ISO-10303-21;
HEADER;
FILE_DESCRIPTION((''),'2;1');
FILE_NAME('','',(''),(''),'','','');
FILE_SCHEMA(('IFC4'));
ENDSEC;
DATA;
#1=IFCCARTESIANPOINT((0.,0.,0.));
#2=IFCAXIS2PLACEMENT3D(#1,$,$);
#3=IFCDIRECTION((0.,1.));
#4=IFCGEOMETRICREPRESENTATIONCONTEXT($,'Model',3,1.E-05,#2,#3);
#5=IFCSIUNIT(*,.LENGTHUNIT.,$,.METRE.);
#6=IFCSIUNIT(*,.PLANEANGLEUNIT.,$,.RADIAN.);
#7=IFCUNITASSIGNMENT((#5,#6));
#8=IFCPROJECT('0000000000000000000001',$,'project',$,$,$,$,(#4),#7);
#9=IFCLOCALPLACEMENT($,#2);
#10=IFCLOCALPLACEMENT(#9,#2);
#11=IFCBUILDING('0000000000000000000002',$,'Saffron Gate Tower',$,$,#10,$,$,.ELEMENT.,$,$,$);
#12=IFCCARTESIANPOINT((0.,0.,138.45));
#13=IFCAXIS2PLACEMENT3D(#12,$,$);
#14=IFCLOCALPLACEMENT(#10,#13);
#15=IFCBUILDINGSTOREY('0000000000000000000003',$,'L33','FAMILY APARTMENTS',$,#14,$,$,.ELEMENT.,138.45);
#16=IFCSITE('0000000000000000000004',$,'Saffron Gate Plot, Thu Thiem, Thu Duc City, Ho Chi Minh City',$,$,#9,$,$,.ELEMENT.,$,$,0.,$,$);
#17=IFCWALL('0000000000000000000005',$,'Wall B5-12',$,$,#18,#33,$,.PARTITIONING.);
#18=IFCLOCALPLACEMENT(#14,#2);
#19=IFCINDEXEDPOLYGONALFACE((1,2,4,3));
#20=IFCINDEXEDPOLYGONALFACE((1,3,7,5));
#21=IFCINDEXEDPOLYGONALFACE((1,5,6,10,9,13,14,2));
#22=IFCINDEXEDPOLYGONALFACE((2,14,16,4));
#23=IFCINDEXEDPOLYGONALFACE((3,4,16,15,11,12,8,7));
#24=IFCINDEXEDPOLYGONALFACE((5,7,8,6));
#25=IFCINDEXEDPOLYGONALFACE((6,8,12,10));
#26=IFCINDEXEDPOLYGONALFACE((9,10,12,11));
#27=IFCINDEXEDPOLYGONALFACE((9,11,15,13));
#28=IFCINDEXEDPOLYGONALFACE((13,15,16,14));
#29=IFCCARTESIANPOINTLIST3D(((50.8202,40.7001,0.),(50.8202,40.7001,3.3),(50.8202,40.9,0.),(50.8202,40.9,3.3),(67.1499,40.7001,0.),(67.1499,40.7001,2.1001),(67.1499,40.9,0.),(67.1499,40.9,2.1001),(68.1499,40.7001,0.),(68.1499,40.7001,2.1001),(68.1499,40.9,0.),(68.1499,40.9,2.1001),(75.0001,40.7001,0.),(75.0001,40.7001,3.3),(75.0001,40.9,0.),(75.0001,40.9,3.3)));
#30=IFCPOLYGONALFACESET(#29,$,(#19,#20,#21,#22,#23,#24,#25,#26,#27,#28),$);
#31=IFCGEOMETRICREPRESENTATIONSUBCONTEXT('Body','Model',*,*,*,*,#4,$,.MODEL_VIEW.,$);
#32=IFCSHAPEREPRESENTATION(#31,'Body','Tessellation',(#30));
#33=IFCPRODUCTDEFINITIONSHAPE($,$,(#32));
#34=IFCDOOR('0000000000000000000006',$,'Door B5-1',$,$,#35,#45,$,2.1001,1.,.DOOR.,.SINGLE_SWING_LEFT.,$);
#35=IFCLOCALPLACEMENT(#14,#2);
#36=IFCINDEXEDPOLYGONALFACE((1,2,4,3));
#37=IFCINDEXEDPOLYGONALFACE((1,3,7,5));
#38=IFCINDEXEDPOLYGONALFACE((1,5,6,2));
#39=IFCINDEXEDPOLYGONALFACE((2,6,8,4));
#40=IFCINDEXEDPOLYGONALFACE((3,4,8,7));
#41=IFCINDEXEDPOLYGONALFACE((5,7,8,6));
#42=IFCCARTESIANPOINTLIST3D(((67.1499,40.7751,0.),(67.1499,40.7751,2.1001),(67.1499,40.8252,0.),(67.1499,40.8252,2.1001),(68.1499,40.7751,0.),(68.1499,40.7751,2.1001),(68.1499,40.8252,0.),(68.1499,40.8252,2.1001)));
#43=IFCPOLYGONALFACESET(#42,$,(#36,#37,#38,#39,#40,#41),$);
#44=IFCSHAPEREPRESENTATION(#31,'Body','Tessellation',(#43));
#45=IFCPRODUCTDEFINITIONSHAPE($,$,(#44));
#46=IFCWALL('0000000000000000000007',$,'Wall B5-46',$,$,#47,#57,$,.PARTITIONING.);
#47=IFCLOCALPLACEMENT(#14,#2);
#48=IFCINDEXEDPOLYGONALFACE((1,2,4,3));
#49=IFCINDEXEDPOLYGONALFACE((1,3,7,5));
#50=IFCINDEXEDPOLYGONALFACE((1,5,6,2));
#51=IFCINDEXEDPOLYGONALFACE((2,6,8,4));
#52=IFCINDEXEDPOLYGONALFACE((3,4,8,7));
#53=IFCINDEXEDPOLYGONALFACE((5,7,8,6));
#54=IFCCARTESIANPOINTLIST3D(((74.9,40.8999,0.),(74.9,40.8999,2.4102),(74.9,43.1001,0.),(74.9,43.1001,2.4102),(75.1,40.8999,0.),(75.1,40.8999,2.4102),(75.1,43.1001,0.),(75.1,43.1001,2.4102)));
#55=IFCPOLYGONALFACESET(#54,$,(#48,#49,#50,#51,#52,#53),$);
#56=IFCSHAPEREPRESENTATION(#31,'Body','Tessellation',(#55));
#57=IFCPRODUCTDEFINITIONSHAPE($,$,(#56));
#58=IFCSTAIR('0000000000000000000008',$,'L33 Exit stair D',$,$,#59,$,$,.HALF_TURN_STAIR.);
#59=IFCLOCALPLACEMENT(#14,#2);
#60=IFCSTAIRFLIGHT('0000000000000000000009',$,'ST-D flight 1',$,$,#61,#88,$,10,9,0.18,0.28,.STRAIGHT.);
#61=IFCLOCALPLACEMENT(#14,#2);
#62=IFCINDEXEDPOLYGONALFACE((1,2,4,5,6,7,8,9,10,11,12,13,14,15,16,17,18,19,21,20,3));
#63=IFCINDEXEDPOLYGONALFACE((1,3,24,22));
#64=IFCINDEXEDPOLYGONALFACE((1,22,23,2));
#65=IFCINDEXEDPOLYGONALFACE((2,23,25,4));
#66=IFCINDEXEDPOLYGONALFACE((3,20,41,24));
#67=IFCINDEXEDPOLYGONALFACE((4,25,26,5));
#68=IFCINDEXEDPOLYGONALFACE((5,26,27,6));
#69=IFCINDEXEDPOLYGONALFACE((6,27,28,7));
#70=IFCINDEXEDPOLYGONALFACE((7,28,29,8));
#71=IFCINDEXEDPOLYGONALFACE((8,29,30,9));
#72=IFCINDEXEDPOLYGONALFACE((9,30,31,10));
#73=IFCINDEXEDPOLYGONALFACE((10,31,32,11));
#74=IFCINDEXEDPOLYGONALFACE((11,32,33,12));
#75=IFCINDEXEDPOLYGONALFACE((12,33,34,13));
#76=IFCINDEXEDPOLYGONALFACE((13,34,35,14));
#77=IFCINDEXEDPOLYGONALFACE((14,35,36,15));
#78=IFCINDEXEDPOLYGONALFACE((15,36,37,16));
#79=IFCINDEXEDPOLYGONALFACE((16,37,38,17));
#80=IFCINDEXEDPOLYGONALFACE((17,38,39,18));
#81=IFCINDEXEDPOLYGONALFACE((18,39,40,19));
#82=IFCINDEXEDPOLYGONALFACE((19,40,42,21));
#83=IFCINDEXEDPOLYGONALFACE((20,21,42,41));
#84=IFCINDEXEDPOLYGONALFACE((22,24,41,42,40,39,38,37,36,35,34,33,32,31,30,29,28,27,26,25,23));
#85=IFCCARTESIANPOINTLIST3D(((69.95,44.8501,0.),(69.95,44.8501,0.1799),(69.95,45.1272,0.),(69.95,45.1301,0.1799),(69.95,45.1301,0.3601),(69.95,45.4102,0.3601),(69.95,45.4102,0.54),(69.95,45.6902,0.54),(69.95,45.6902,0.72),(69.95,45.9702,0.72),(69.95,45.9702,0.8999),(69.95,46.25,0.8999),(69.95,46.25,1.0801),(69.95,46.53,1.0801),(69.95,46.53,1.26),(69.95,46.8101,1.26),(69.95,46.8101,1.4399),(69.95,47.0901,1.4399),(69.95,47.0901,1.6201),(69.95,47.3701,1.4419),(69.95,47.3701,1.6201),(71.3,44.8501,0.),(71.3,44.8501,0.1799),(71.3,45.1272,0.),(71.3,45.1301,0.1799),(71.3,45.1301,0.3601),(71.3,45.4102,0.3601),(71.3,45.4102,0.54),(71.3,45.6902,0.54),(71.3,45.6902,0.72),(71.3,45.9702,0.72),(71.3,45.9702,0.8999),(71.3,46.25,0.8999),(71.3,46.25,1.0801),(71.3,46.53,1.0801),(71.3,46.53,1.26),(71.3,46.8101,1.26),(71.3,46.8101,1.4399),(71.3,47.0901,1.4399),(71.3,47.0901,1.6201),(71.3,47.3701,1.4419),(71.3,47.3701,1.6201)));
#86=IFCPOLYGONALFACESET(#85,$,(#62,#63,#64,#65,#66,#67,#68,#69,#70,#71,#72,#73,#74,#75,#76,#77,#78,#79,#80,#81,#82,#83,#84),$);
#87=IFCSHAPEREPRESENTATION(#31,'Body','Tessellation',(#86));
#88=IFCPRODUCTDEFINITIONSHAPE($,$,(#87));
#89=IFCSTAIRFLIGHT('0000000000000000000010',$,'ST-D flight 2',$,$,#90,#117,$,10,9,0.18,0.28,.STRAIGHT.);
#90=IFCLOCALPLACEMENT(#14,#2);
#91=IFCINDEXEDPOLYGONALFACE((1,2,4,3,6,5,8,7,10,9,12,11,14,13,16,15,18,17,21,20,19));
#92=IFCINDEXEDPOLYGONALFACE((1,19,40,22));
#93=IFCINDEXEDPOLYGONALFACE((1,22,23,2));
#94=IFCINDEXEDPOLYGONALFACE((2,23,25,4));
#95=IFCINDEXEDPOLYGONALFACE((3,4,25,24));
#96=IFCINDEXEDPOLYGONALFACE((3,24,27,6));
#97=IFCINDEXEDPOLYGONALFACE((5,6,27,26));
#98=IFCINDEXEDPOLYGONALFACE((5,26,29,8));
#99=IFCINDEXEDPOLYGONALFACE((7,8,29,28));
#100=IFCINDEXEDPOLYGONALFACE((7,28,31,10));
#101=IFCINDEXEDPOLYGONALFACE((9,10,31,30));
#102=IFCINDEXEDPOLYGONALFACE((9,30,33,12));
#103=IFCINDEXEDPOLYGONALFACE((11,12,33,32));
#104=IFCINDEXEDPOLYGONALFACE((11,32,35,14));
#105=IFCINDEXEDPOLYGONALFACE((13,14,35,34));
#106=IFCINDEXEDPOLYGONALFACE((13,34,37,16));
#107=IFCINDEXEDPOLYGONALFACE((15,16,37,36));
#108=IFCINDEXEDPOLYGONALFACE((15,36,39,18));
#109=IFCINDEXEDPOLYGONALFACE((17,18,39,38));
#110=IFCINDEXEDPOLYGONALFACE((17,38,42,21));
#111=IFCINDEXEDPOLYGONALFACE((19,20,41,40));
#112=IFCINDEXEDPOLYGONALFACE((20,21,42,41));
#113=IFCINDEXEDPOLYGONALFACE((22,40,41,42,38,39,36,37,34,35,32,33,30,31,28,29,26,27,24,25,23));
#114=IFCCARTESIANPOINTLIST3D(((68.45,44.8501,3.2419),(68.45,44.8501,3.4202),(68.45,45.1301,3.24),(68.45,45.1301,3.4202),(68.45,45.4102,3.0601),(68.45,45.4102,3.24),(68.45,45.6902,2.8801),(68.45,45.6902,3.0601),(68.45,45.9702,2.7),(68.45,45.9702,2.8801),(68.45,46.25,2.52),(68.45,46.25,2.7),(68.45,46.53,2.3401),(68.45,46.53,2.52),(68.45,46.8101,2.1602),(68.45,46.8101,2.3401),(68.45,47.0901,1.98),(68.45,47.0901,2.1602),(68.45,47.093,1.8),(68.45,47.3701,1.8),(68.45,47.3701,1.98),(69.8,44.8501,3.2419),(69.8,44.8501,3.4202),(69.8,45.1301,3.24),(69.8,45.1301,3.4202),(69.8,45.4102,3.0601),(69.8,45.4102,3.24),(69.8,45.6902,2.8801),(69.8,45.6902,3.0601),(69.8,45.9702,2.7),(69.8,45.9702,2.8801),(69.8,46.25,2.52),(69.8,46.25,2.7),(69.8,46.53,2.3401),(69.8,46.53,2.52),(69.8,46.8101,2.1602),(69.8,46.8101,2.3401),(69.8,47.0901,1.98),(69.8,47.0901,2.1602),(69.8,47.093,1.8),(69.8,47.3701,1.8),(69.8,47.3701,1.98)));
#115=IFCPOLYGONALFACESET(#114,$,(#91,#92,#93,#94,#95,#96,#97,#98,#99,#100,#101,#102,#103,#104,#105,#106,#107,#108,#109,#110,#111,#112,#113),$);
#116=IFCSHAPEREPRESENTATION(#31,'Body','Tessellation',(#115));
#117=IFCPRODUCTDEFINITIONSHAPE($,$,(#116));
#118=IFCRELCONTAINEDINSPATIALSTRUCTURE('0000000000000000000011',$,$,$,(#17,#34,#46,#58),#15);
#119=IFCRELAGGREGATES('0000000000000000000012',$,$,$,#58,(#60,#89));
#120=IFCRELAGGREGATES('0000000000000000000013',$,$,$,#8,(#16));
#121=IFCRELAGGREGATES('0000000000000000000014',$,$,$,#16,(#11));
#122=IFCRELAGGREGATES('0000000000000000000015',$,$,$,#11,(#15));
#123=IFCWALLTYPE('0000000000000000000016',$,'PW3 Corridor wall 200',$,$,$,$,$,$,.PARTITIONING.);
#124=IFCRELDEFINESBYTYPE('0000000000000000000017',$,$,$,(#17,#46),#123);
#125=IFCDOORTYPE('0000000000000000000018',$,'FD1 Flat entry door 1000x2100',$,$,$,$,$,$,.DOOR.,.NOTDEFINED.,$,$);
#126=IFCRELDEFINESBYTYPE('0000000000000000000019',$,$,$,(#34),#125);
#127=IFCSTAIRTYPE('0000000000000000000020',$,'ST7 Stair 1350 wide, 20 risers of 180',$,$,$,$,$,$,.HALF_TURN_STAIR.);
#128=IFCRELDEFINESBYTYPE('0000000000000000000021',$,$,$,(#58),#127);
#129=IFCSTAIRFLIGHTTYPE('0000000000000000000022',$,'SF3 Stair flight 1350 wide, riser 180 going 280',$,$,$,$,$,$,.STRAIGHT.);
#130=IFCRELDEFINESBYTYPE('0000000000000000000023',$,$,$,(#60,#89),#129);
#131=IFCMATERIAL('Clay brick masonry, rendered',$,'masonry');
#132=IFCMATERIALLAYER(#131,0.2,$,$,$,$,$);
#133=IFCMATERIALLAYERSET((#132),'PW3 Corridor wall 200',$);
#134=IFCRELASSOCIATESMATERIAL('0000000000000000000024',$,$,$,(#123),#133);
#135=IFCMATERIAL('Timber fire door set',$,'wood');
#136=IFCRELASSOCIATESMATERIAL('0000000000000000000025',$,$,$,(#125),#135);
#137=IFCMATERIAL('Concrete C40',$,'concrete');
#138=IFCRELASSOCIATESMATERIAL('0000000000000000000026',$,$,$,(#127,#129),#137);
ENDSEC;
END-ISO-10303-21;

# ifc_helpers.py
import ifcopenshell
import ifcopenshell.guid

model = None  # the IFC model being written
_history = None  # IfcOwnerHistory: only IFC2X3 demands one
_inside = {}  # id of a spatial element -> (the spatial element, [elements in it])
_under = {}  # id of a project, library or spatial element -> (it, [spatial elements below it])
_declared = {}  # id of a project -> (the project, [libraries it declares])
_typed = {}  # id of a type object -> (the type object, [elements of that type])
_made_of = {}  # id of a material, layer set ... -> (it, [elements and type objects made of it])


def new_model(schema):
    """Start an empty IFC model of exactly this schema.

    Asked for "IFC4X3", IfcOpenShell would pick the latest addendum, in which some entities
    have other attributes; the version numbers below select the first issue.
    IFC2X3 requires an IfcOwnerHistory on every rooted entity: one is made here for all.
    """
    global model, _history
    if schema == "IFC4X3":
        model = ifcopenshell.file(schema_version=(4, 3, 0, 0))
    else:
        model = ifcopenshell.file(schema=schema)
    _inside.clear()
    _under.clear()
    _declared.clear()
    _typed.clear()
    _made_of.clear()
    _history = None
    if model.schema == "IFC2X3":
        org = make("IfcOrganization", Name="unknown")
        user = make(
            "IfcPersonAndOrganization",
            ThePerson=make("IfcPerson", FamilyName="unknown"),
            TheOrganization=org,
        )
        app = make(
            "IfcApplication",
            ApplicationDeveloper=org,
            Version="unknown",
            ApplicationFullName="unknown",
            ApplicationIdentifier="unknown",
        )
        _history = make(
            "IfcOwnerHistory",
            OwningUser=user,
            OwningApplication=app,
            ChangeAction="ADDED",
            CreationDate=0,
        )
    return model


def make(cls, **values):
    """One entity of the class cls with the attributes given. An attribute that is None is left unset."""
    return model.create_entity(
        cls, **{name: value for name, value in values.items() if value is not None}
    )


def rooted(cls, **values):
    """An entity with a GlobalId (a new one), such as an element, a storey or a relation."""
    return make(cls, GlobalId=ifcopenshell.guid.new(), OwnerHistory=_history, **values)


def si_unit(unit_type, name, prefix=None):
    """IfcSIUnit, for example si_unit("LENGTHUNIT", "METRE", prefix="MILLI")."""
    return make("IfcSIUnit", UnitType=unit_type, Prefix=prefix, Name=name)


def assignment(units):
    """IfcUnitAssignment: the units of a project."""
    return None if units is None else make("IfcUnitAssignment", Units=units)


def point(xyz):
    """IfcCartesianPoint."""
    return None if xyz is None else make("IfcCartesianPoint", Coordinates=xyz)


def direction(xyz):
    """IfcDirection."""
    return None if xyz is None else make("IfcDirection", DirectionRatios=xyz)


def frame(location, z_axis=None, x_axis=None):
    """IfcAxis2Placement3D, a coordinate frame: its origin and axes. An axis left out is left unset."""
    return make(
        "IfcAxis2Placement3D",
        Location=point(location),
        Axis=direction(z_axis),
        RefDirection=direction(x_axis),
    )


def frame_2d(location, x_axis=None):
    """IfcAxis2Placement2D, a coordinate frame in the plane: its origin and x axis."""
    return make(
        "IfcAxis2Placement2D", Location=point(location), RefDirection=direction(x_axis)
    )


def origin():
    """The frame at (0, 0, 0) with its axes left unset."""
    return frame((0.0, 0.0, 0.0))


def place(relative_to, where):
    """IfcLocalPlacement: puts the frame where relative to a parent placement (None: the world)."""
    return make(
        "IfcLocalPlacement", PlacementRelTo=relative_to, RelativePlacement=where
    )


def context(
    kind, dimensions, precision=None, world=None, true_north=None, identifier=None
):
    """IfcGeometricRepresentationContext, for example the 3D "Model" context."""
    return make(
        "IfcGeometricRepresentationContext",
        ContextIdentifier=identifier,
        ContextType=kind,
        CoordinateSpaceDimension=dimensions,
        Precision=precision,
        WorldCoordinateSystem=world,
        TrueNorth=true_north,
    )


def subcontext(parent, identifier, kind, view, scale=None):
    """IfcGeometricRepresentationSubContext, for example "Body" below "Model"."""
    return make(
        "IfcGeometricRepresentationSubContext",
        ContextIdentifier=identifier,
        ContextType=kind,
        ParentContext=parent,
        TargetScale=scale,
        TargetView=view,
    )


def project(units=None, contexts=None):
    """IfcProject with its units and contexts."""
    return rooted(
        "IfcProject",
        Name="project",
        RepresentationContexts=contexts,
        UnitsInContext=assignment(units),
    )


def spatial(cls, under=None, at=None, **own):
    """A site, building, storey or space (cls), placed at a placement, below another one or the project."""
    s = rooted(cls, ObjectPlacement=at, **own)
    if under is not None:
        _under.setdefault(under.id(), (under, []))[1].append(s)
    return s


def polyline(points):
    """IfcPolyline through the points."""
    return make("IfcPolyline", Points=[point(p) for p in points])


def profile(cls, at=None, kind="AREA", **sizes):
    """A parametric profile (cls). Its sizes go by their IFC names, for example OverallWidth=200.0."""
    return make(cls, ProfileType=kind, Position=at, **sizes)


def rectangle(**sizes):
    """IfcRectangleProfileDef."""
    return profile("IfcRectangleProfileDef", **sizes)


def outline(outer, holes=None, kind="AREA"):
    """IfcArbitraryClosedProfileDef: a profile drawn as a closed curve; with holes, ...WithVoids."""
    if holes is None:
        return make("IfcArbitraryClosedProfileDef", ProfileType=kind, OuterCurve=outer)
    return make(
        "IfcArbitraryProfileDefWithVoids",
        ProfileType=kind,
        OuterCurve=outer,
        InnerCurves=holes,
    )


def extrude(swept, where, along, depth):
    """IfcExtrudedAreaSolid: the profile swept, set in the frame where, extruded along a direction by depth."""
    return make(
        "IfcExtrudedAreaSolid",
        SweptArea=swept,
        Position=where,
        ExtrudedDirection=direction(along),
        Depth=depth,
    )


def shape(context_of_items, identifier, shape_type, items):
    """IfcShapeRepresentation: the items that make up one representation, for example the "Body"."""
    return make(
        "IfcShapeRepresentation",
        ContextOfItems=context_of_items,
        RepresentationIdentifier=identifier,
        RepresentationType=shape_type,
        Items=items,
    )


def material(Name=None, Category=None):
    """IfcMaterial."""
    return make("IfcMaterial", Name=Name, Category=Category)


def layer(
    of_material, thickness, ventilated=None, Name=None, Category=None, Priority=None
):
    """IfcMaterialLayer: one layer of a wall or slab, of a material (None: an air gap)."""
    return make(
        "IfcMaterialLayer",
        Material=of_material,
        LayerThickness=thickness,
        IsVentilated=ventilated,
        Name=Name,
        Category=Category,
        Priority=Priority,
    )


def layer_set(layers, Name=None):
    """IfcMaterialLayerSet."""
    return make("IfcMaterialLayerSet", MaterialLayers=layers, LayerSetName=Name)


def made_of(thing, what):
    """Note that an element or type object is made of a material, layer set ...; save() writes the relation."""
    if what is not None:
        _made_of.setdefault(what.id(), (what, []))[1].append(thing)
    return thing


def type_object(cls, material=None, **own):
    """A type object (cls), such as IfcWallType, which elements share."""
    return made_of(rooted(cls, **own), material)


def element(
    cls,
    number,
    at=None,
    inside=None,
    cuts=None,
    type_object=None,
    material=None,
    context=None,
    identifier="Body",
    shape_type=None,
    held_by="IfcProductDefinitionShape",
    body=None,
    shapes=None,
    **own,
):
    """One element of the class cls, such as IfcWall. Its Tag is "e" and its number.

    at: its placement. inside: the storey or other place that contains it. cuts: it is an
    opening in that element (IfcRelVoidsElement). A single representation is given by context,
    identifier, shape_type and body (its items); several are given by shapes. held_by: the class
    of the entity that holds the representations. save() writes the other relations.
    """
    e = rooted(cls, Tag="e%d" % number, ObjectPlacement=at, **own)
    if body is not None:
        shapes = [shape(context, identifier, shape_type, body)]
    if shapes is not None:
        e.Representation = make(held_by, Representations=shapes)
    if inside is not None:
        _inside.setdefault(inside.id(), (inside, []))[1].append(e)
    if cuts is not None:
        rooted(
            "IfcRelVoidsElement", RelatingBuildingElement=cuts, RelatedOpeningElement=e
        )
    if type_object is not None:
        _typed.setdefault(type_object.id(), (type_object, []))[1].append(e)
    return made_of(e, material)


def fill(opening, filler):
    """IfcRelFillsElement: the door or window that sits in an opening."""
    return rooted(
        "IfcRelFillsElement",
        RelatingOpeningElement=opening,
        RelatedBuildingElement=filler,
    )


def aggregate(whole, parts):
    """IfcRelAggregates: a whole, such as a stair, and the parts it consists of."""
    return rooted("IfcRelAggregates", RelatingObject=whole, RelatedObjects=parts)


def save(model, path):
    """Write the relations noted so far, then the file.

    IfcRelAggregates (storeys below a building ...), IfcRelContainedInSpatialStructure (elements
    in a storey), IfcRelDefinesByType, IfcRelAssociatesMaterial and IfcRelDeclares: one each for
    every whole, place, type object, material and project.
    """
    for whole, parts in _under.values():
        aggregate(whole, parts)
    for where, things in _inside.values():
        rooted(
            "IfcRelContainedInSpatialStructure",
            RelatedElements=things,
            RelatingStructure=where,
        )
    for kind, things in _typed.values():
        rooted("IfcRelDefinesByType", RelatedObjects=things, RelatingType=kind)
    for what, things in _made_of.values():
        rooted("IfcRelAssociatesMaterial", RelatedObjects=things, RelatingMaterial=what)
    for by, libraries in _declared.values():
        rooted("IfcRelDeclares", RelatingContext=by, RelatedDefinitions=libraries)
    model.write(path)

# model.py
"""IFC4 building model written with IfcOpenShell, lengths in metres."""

from ifc_helpers import new_model, si_unit, direction, frame, frame_2d, origin, place, context, subcontext, project, spatial, polyline, rectangle, outline, extrude, material, layer, layer_set, type_object, element, fill, aggregate, save


model = new_model("IFC4")

# Units and contexts
model_context = context("Model", 3, precision=1e-05, world=origin(), true_north=direction((0.0, 1.0)))
body_context = subcontext(model_context, "Body", "Model", "MODEL_VIEW")
ifc_project = project(units=[si_unit("LENGTHUNIT", "METRE"), si_unit("PLANEANGLEUNIT", "RADIAN")], contexts=[model_context])

# Site, building, storey
site_placement = place(None, origin())
site = spatial("IfcSite", under=ifc_project, at=site_placement, Name="Saffron Gate Plot, Thu Thiem, Thu Duc City, Ho Chi Minh City", CompositionType="ELEMENT", RefElevation=0.0)
building_placement = place(site_placement, origin())
building = spatial("IfcBuilding", under=site, at=building_placement, Name="Saffron Gate Tower", CompositionType="ELEMENT")
storey_placement = place(building_placement, frame((0.0, 0.0, 138.45)))
storey = spatial("IfcBuildingStorey", under=building, at=storey_placement, Name="L33", Description="FAMILY APARTMENTS", CompositionType="ELEMENT", Elevation=138.45)

# Wall, opening, door
ifc_material_1 = material(Name="Clay brick masonry, rendered", Category="masonry")
ifc_layer_1 = layer(ifc_material_1, 0.2)
ifc_layer_set_1 = layer_set([ifc_layer_1], Name="PW3 Corridor wall 200")
wall_type_1 = type_object("IfcWallType", Name="PW3 Corridor wall 200", PredefinedType="PARTITIONING", material=ifc_layer_set_1)
wall_1_placement = place(storey_placement, frame((75.0, 40.8, 0.0), z_axis=(0.0, 0.0, 1.0), x_axis=(-1.0, 0.0, 0.0)))
wall_1 = element("IfcWall", 1, at=wall_1_placement, inside=storey, type_object=wall_type_1, Name="Wall B5-12", PredefinedType="PARTITIONING", context=body_context, shape_type="SweptSolid", body=[
    extrude(rectangle(XDim=24.1799, YDim=0.2, at=frame_2d((12.0898, 0.0))), origin(), (0.0, 0.0, 1.0), 3.3),
])
opening_1_placement = place(wall_1_placement, frame((6.8501, 0.0, 0.0)))
opening_1 = element("IfcOpeningElement", 2, at=opening_1_placement, cuts=wall_1, PredefinedType="OPENING", context=body_context, shape_type="SweptSolid", body=[
    extrude(rectangle(XDim=1.0, YDim=2.1001, at=frame_2d((0.5, 1.05))), frame((0.0, 0.1099, 0.0), z_axis=(0.0, -1.0, 0.0), x_axis=(1.0, 0.0, 0.0)), (0.0, 0.0, 1.0), 0.22),
])
ifc_material_2 = material(Name="Timber fire door set", Category="wood")
door_type_1 = type_object("IfcDoorType", Name="FD1 Flat entry door 1000x2100", OperationType="NOTDEFINED", PredefinedType="DOOR", material=ifc_material_2)
door_1_placement = place(opening_1_placement, origin())
door_1 = element("IfcDoor", 3, at=door_1_placement, inside=storey, type_object=door_type_1, Name="Door B5-1", OperationType="SINGLE_SWING_LEFT", OverallHeight=2.1001, OverallWidth=1.0, PredefinedType="DOOR", context=body_context, shape_type="SweptSolid", body=[
    extrude(rectangle(XDim=1.0, YDim=2.1001, at=frame_2d((0.5, 1.05))), frame((0.0, 0.0249, 0.0), z_axis=(0.0, -1.0, 0.0), x_axis=(1.0, 0.0, 0.0)), (0.0, 0.0, 1.0), 0.05),
])
fill(opening_1, door_1)

# Wall
wall_2_placement = place(storey_placement, frame((75.0, 43.1001, 0.0), z_axis=(0.0, 0.0, 1.0), x_axis=(0.0, -1.0, 0.0)))
element("IfcWall", 4, at=wall_2_placement, inside=storey, type_object=wall_type_1, Name="Wall B5-46", PredefinedType="PARTITIONING", context=body_context, shape_type="SweptSolid", body=[
    extrude(rectangle(XDim=2.2002, YDim=0.2, at=frame_2d((1.1001, 0.0))), origin(), (0.0, 0.0, 1.0), 2.4102),
])

# Stair, stair flights
ifc_material_3 = material(Name="Concrete C40", Category="concrete")
stair_type = type_object("IfcStairType", Name="ST7 Stair 1350 wide, 20 risers of 180", PredefinedType="HALF_TURN_STAIR", material=ifc_material_3)
stair_placement = place(storey_placement, origin())
stair = element("IfcStair", 5, at=stair_placement, inside=storey, type_object=stair_type, Name="L33 Exit stair D", PredefinedType="HALF_TURN_STAIR")
stair_flight_type = type_object("IfcStairFlightType", Name="SF3 Stair flight 1350 wide, riser 180 going 280", PredefinedType="STRAIGHT", material=ifc_material_3)
stair_flight_1_placement = place(storey_placement, frame((70.625, 44.8501, 0.0), z_axis=(0.0, 0.0, 1.0), x_axis=(0.0, 1.0, 0.0)))
stair_flight_1 = element("IfcStairFlight", 6, at=stair_flight_1_placement, type_object=stair_flight_type, Name="ST-D flight 1", NumberOfRisers=10, NumberOfTreads=9, PredefinedType="STRAIGHT", RiserHeight=0.18, TreadLength=0.28, context=body_context, shape_type="SweptSolid", body=[
    extrude(outline(polyline([(0.0, 0.0), (0.0, 0.1799), (0.28, 0.1799), (0.28, 0.3601), (0.5601, 0.3601), (0.5601, 0.54), (0.8401, 0.54), (0.8401, 0.72), (1.1201, 0.72), (1.1201, 0.8999), (1.3999, 0.8999), (1.3999, 1.0801), (1.6799, 1.0801), (1.6799, 1.26), (1.96, 1.26), (1.96, 1.4399), (2.24, 1.4399), (2.24, 1.6201), (2.52, 1.6201), (2.52, 1.8), (2.52, 1.4419), (0.2771, 0.0), (0.0, 0.0)])), frame((0.0, 0.675, 0.0), z_axis=(0.0, -1.0, 0.0), x_axis=(1.0, 0.0, 0.0)), (0.0, 0.0, 1.0), 1.3501),
])
stair_flight_2_placement = place(storey_placement, frame((69.125, 47.3701, 1.8), z_axis=(0.0, 0.0, 1.0), x_axis=(0.0, -1.0, 0.0)))
stair_flight_2 = element("IfcStairFlight", 7, at=stair_flight_2_placement, type_object=stair_flight_type, Name="ST-D flight 2", NumberOfRisers=10, NumberOfTreads=9, PredefinedType="STRAIGHT", RiserHeight=0.18, TreadLength=0.28, context=body_context, shape_type="SweptSolid", body=[
    extrude(outline(polyline([(0.0, 0.0), (0.0, 0.1799), (0.28, 0.1799), (0.28, 0.3601), (0.5601, 0.3601), (0.5601, 0.54), (0.8401, 0.54), (0.8401, 0.72), (1.1201, 0.72), (1.1201, 0.8999), (1.3999, 0.8999), (1.3999, 1.0801), (1.6799, 1.0801), (1.6799, 1.26), (1.96, 1.26), (1.96, 1.4399), (2.24, 1.4399), (2.24, 1.6201), (2.52, 1.6201), (2.52, 1.8), (2.52, 1.4419), (0.2771, 0.0), (0.0, 0.0)])), frame((0.0, 0.675, 0.0), z_axis=(0.0, -1.0, 0.0), x_axis=(1.0, 0.0, 0.0)), (0.0, 0.0, 1.0), 1.3501),
])
aggregate(stair, [stair_flight_1, stair_flight_2])

save(model, "model.ifc")
